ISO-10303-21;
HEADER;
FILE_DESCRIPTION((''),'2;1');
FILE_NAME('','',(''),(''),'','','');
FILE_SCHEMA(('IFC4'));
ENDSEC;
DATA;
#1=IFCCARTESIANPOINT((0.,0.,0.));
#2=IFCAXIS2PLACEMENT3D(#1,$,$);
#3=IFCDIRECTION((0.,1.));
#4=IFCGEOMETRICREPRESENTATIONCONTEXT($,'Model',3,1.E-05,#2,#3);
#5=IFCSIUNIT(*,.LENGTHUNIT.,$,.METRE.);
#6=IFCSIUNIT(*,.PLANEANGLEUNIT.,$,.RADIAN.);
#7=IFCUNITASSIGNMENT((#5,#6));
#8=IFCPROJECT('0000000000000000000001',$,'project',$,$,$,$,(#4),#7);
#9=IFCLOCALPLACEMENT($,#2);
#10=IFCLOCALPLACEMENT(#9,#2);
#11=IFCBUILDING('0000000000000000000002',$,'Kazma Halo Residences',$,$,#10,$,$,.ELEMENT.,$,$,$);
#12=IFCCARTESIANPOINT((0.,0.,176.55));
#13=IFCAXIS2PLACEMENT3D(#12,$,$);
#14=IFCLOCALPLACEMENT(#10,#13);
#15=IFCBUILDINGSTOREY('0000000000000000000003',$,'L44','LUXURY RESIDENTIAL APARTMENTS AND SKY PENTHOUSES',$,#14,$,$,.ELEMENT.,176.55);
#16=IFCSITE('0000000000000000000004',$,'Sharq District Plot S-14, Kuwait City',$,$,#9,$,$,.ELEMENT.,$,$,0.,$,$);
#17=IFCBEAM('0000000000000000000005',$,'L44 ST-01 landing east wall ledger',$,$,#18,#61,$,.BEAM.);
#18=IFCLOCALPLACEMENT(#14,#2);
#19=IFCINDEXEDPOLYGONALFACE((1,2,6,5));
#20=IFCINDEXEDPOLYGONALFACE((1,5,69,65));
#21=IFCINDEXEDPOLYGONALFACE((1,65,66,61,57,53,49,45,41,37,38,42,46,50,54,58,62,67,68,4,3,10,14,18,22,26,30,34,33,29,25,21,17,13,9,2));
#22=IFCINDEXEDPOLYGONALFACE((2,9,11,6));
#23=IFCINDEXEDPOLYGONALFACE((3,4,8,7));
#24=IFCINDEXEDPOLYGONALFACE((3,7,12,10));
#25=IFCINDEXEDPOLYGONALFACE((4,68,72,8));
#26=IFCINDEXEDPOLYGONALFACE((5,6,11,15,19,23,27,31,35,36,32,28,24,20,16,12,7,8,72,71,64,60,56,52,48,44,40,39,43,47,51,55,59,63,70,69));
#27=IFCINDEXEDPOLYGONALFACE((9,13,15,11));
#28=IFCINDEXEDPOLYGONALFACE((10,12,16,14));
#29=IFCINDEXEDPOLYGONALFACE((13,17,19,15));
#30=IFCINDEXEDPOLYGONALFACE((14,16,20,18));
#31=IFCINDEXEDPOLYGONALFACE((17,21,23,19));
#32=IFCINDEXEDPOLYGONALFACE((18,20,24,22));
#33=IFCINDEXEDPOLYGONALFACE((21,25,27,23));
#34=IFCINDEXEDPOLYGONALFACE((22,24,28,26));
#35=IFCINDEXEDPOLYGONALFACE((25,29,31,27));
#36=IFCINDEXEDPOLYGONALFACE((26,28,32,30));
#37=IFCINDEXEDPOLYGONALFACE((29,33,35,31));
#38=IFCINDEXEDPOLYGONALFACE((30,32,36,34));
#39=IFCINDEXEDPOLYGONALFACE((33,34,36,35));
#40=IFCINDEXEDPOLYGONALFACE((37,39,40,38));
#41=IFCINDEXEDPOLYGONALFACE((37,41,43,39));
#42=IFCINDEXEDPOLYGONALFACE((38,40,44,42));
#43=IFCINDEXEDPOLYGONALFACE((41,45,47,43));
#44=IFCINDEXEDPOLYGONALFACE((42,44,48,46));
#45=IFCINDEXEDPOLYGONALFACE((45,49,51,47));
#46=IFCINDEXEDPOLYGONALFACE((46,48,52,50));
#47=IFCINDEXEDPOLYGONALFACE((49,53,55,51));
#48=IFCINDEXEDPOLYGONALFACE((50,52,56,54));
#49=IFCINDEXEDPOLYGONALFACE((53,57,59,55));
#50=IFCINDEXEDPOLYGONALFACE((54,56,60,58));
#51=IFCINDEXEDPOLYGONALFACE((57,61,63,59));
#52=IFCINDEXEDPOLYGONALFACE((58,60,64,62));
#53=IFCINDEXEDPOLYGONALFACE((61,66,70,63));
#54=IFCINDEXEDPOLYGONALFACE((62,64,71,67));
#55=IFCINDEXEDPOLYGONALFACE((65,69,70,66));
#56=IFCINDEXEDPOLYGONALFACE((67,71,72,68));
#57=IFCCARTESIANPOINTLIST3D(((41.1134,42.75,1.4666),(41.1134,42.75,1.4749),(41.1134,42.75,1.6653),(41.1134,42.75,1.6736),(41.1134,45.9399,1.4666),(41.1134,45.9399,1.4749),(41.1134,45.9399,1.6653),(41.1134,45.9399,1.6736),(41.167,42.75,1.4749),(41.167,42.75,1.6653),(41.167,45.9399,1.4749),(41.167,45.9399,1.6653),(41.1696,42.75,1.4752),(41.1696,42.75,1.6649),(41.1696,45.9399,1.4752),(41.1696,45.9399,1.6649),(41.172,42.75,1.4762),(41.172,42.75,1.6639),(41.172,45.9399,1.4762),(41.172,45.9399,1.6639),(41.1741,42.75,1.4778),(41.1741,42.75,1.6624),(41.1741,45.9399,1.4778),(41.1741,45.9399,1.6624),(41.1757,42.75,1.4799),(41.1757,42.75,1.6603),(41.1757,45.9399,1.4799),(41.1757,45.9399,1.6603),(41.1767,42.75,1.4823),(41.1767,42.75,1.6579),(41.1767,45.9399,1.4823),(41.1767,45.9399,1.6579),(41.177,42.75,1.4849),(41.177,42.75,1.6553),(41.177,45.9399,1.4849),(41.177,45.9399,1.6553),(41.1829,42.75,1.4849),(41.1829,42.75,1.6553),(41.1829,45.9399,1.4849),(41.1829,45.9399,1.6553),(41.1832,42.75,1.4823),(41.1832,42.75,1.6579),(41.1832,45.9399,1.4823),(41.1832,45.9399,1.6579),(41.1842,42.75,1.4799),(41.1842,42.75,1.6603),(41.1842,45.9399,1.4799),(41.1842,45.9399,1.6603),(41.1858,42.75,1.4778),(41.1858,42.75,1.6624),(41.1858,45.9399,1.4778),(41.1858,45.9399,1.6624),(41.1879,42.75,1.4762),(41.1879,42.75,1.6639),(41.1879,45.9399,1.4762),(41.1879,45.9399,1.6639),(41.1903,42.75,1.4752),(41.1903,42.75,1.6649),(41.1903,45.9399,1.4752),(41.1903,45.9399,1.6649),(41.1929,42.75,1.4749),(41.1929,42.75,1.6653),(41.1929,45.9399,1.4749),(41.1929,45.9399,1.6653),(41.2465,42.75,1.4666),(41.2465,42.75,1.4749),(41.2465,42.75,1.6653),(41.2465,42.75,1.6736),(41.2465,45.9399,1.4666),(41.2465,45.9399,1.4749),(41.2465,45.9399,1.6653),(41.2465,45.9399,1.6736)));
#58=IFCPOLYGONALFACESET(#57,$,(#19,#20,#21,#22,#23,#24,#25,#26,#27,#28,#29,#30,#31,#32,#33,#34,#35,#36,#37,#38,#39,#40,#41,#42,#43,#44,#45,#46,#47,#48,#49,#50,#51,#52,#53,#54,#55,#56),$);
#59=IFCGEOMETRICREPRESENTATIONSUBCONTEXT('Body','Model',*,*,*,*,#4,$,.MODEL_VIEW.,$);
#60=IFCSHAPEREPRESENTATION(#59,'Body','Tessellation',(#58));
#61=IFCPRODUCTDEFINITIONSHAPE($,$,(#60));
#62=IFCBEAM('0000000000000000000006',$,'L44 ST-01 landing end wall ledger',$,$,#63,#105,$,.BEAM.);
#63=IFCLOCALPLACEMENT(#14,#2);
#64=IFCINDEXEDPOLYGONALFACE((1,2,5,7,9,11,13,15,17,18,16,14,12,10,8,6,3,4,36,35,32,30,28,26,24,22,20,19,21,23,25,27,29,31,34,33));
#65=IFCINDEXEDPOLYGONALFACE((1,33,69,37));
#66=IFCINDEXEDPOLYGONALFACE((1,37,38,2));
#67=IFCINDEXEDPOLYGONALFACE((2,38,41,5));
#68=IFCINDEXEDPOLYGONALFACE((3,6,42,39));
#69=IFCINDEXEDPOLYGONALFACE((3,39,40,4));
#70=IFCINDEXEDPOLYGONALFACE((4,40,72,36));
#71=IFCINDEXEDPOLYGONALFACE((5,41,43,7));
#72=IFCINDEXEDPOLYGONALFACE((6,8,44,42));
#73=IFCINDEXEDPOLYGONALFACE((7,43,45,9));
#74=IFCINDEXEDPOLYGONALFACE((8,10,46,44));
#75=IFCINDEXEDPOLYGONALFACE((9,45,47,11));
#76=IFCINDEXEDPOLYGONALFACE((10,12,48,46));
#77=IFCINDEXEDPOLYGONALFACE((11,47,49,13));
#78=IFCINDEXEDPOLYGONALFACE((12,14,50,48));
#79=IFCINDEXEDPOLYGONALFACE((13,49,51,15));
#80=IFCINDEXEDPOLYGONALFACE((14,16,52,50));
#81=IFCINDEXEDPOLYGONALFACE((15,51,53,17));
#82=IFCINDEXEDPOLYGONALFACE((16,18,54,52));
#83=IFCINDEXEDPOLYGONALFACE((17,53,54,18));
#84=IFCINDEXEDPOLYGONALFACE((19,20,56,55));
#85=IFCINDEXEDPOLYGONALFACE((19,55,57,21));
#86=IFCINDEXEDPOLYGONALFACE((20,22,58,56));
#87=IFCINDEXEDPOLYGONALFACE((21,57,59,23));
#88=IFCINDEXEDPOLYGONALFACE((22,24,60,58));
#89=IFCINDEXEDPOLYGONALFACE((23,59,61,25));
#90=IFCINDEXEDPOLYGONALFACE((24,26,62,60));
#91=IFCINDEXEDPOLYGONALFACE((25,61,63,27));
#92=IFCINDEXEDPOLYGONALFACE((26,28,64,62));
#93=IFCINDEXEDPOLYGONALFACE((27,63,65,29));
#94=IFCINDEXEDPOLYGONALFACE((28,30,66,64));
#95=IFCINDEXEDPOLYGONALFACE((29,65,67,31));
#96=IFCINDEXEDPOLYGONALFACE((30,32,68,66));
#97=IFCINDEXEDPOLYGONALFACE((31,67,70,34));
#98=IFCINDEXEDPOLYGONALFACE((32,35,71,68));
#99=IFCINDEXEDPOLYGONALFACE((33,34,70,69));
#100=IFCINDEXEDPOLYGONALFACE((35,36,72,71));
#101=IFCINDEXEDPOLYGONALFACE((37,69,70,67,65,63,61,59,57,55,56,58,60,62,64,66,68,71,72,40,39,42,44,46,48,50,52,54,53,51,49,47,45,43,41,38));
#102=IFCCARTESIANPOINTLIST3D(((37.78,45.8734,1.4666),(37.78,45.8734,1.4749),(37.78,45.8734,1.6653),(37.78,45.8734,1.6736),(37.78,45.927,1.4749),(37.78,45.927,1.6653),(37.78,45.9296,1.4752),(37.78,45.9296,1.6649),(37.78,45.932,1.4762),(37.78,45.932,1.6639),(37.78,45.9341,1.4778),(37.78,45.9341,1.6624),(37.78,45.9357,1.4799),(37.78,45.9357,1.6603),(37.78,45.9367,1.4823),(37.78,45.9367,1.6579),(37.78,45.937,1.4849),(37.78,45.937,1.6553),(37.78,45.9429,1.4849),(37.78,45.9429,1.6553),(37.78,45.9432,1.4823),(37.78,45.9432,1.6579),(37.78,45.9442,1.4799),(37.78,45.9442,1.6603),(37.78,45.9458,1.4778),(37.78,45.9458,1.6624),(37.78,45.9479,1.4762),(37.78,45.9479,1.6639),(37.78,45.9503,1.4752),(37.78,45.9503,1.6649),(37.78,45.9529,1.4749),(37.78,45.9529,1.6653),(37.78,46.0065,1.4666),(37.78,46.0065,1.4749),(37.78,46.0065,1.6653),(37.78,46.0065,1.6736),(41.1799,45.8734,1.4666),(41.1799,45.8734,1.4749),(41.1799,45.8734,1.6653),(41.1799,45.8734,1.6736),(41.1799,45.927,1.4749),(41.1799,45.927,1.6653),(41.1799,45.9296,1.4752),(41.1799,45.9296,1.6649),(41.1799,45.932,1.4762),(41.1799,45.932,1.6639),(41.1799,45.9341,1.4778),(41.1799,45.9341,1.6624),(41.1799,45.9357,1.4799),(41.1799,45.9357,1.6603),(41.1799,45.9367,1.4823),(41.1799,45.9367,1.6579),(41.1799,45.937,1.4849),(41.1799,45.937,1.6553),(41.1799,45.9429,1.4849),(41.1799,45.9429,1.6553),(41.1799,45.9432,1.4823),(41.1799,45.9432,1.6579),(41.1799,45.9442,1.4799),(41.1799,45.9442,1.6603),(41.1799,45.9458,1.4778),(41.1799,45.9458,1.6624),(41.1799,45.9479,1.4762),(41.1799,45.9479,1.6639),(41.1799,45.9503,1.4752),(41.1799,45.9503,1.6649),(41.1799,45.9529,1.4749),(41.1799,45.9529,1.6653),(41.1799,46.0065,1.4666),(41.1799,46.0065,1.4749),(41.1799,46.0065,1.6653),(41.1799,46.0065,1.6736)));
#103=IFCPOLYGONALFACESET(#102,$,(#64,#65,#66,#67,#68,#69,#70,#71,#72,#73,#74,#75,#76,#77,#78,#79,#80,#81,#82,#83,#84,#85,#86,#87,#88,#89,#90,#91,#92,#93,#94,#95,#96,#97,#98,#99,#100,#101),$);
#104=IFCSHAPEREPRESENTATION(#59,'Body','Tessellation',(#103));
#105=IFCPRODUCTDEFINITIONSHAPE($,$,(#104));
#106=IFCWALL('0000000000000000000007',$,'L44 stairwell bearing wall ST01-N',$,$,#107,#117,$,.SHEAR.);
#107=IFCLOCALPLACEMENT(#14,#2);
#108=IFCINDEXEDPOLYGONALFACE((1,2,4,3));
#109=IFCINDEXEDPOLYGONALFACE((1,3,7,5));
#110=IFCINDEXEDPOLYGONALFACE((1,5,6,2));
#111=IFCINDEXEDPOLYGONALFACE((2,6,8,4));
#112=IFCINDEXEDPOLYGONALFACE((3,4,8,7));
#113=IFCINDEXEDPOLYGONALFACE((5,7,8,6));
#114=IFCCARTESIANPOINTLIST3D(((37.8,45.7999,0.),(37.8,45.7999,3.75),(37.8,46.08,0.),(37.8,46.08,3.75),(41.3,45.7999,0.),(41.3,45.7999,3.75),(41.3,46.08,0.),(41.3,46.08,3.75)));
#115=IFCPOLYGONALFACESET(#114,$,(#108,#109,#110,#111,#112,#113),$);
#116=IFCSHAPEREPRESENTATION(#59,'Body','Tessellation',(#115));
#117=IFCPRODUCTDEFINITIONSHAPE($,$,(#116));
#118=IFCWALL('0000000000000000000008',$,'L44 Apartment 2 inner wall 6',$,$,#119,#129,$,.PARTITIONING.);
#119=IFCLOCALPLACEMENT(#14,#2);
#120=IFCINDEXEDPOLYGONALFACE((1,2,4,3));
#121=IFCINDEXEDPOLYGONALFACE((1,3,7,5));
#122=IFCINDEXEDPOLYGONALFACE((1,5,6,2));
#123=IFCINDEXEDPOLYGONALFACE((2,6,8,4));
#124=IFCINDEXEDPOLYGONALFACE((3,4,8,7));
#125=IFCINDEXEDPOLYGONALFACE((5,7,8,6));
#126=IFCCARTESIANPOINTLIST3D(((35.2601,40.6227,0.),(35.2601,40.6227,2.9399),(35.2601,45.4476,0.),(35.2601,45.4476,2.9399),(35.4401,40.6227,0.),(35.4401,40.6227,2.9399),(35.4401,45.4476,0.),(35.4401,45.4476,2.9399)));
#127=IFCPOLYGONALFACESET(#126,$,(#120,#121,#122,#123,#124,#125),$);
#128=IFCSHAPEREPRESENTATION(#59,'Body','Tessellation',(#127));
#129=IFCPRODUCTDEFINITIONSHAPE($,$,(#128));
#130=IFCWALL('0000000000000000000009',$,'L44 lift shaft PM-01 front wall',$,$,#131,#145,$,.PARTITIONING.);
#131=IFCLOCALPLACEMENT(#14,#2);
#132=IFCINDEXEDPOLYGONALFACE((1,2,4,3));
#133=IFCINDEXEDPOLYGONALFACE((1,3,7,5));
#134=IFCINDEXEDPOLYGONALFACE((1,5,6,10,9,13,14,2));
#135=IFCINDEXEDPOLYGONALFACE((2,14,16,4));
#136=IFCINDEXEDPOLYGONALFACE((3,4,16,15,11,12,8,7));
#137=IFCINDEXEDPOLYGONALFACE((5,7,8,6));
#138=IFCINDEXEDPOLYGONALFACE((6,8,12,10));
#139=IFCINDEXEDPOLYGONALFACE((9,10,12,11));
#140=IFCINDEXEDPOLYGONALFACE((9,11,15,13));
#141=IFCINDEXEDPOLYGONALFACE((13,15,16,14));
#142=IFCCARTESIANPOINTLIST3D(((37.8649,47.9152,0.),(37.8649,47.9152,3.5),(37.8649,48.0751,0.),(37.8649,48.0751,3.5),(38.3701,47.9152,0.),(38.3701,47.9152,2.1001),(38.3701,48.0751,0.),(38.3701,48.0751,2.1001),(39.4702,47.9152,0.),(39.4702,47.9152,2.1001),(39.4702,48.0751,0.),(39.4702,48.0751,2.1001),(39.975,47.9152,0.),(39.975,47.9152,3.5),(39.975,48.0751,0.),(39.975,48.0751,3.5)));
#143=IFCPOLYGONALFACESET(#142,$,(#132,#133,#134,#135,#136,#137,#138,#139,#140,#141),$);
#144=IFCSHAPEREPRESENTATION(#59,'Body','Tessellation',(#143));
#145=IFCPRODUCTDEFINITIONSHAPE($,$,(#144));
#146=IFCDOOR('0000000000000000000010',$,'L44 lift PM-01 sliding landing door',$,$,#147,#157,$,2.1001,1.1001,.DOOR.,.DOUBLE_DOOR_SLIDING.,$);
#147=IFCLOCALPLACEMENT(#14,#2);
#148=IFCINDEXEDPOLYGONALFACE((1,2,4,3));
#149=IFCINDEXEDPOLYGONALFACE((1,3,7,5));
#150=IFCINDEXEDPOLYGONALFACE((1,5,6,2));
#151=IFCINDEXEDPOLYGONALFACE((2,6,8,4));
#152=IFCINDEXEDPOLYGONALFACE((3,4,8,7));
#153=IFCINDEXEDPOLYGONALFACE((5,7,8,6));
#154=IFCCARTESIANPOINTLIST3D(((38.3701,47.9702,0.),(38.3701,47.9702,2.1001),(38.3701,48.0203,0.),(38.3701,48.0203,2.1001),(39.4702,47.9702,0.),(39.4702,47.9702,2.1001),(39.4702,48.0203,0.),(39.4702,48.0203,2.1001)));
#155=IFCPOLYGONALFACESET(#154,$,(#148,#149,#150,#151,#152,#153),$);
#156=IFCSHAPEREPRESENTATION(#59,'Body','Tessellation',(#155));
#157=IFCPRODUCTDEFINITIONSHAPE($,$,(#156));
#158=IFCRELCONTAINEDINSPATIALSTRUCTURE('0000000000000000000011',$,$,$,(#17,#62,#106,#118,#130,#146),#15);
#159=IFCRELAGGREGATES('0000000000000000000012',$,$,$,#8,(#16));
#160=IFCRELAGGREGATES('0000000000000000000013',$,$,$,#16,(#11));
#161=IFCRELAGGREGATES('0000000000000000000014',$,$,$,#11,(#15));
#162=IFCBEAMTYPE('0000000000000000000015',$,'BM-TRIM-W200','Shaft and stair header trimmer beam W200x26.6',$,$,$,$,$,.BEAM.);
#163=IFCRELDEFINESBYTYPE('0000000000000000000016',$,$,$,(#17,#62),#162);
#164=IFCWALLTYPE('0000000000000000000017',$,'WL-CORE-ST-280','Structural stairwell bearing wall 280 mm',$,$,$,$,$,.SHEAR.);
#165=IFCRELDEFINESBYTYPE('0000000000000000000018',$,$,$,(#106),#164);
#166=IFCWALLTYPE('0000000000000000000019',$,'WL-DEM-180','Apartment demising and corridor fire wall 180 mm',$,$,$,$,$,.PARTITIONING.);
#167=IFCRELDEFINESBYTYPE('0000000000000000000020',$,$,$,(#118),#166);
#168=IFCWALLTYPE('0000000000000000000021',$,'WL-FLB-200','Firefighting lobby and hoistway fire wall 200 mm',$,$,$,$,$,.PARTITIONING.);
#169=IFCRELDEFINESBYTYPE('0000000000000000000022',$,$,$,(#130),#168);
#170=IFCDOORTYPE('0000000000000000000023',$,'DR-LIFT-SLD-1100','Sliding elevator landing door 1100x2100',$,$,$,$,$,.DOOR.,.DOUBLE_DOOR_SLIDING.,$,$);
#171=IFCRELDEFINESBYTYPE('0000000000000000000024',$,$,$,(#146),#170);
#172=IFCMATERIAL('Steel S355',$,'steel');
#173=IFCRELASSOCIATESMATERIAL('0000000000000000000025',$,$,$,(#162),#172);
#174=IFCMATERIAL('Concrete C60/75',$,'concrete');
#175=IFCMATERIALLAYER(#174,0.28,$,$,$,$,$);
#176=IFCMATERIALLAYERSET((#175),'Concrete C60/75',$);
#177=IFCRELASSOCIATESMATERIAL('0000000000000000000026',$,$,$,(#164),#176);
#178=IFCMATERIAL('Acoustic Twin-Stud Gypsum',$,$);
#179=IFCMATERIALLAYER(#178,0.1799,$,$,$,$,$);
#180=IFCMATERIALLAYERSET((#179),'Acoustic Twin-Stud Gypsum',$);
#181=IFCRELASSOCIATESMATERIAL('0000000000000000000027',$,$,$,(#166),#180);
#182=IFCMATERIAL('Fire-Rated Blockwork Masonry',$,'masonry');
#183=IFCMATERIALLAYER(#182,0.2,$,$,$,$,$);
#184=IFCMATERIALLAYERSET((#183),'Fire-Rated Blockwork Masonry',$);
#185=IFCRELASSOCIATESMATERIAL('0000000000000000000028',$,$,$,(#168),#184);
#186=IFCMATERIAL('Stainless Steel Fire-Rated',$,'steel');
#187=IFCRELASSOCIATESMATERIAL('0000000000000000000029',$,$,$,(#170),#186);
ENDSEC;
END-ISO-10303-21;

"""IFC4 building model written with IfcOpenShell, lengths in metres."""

from ifc_helpers import new_model, si_unit, direction, frame, frame_2d, origin, origin_2d, place, context, subcontext, project, spatial, rectangle, i_section, extrude, material, layer, layer_set, material_profile, profile_set, type_object, element, fill, save


model = new_model("IFC4")

# Units and contexts
model_context = context("Model", 3, precision=1e-05, world=origin(), true_north=direction((0.0, 1.0)))
body_context = subcontext(model_context, "Body", "Model", "MODEL_VIEW")
ifc_project = project(units=[si_unit("LENGTHUNIT", "METRE"), si_unit("PLANEANGLEUNIT", "RADIAN")], contexts=[model_context])

# Site, building, storey
site_placement = place(None, origin())
site = spatial("IfcSite", under=ifc_project, at=site_placement, Name="Sharq District Plot S-14, Kuwait City", CompositionType="ELEMENT", RefElevation=0.0)
building_placement = place(site_placement, origin())
building = spatial("IfcBuilding", under=site, at=building_placement, Name="Kazma Halo Residences", CompositionType="ELEMENT")
storey_placement = place(building_placement, frame((0.0, 0.0, 176.55)))
storey = spatial("IfcBuildingStorey", under=building, at=storey_placement, Name="L44", Description="LUXURY RESIDENTIAL APARTMENTS AND SKY PENTHOUSES", CompositionType="ELEMENT", Elevation=176.55)

# Shared definitions
ifc_material_1 = material(Name="Steel S355", Category="steel")

# Beams
ifc_material_profile_1 = material_profile(ifc_material_1, i_section(OverallWidth=0.1331, OverallDepth=0.207, WebThickness=0.0059, FlangeThickness=0.0083, FilletRadius=0.01, at=origin_2d()), Name="W200x26.6")
ifc_profile_set_1 = profile_set([ifc_material_profile_1], Name="Steel S355")
beam_type_1 = type_object("IfcBeamType", Name="BM-TRIM-W200", Description="Shaft and stair header trimmer beam W200x26.6", PredefinedType="BEAM", material=ifc_profile_set_1)
beam_1_placement = place(storey_placement, frame((41.1799, 42.75, 1.5701), z_axis=(0.0, 1.0, 0.0), x_axis=(-1.0, 0.0, 0.0)))
element("IfcBeam", 1, at=beam_1_placement, inside=storey, type_object=beam_type_1, Name="L44 ST-01 landing east wall ledger", PredefinedType="BEAM", context=body_context, shape_type="SweptSolid", body=[
    extrude(i_section(OverallWidth=0.1331, OverallDepth=0.207, WebThickness=0.0059, FlangeThickness=0.0083, FilletRadius=0.01, at=origin_2d()), origin(), (0.0, 0.0, 1.0), 3.1899),
])
beam_2_placement = place(storey_placement, frame((37.78, 45.9399, 1.5701), z_axis=(1.0, 0.0, 0.0), x_axis=(0.0, 1.0, 0.0)))
element("IfcBeam", 2, at=beam_2_placement, inside=storey, type_object=beam_type_1, Name="L44 ST-01 landing end wall ledger", PredefinedType="BEAM", context=body_context, shape_type="SweptSolid", body=[
    extrude(i_section(OverallWidth=0.1331, OverallDepth=0.207, WebThickness=0.0059, FlangeThickness=0.0083, FilletRadius=0.01, at=origin_2d()), origin(), (0.0, 0.0, 1.0), 3.3999),
])

# Walls
ifc_material_2 = material(Name="Concrete C60/75", Category="concrete")
ifc_layer_1 = layer(ifc_material_2, 0.28)
ifc_layer_set_1 = layer_set([ifc_layer_1], Name="Concrete C60/75")
wall_type_1 = type_object("IfcWallType", Name="WL-CORE-ST-280", Description="Structural stairwell bearing wall 280 mm", PredefinedType="SHEAR", material=ifc_layer_set_1)
wall_1_placement = place(storey_placement, frame((37.8, 45.9399, 0.0), z_axis=(0.0, 0.0, 1.0), x_axis=(1.0, 0.0, 0.0)))
element("IfcWall", 3, at=wall_1_placement, inside=storey, type_object=wall_type_1, Name="L44 stairwell bearing wall ST01-N", PredefinedType="SHEAR", context=body_context, shape_type="SweptSolid", body=[
    extrude(rectangle(XDim=3.5, YDim=0.28, at=frame_2d((1.75, 0.0))), origin(), (0.0, 0.0, 1.0), 3.75),
])
ifc_material_3 = material(Name="Acoustic Twin-Stud Gypsum")
ifc_layer_2 = layer(ifc_material_3, 0.1799)
ifc_layer_set_2 = layer_set([ifc_layer_2], Name="Acoustic Twin-Stud Gypsum")
wall_type_2 = type_object("IfcWallType", Name="WL-DEM-180", Description="Apartment demising and corridor fire wall 180 mm", PredefinedType="PARTITIONING", material=ifc_layer_set_2)
wall_2_placement = place(storey_placement, frame((35.3501, 45.4478, 0.0), z_axis=(0.0, 0.0, 1.0), x_axis=(0.0, -1.0, 0.0)))
element("IfcWall", 4, at=wall_2_placement, inside=storey, type_object=wall_type_2, Name="L44 Apartment 2 inner wall 6", PredefinedType="PARTITIONING", context=body_context, shape_type="SweptSolid", body=[
    extrude(rectangle(XDim=4.825, YDim=0.1799, at=frame_2d((2.4126, 0.0))), origin(), (0.0, 0.0, 1.0), 2.9399),
])

# Wall, opening, door
ifc_material_4 = material(Name="Fire-Rated Blockwork Masonry", Category="masonry")
ifc_layer_3 = layer(ifc_material_4, 0.2)
ifc_layer_set_3 = layer_set([ifc_layer_3], Name="Fire-Rated Blockwork Masonry")
wall_type_3 = type_object("IfcWallType", Name="WL-FLB-200", Description="Firefighting lobby and hoistway fire wall 200 mm", PredefinedType="PARTITIONING", material=ifc_layer_set_3)
wall_3_placement = place(storey_placement, frame((39.9751, 47.9951, 0.0), z_axis=(0.0, 0.0, 1.0), x_axis=(-1.0, 0.0, 0.0)))
wall_3 = element("IfcWall", 5, at=wall_3_placement, inside=storey, type_object=wall_type_3, Name="L44 lift shaft PM-01 front wall", PredefinedType="PARTITIONING", context=body_context, shape_type="SweptSolid", body=[
    extrude(rectangle(XDim=2.1101, YDim=0.1599, at=frame_2d((1.0552, 0.0))), origin(), (0.0, 0.0, 1.0), 3.5),
])
opening_1_placement = place(wall_3_placement, frame((0.5049, 0.0, 0.0)))
opening_1 = element("IfcOpeningElement", 6, at=opening_1_placement, cuts=wall_3, PredefinedType="OPENING", context=body_context, shape_type="SweptSolid", body=[
    extrude(rectangle(XDim=1.1001, YDim=2.1001, at=frame_2d((0.55, 1.05))), frame((0.0, 0.0898, 0.0), z_axis=(0.0, -1.0, 0.0), x_axis=(1.0, 0.0, 0.0)), (0.0, 0.0, 1.0), 0.1799),
])
ifc_material_5 = material(Name="Stainless Steel Fire-Rated", Category="steel")
door_type = type_object("IfcDoorType", Name="DR-LIFT-SLD-1100", Description="Sliding elevator landing door 1100x2100", OperationType="DOUBLE_DOOR_SLIDING", PredefinedType="DOOR", material=ifc_material_5)
door_1_placement = place(opening_1_placement, origin())
door_1 = element("IfcDoor", 7, at=door_1_placement, inside=storey, type_object=door_type, Name="L44 lift PM-01 sliding landing door", OperationType="DOUBLE_DOOR_SLIDING", OverallHeight=2.1001, OverallWidth=1.1001, PredefinedType="DOOR", context=body_context, shape_type="SweptSolid", body=[
    extrude(rectangle(XDim=1.1001, YDim=2.1001, at=frame_2d((0.55, 1.05))), frame((0.0, 0.0249, 0.0), z_axis=(0.0, -1.0, 0.0), x_axis=(1.0, 0.0, 0.0)), (0.0, 0.0, 1.0), 0.05),
])
fill(opening_1, door_1)

save(model, "model.ifc")
